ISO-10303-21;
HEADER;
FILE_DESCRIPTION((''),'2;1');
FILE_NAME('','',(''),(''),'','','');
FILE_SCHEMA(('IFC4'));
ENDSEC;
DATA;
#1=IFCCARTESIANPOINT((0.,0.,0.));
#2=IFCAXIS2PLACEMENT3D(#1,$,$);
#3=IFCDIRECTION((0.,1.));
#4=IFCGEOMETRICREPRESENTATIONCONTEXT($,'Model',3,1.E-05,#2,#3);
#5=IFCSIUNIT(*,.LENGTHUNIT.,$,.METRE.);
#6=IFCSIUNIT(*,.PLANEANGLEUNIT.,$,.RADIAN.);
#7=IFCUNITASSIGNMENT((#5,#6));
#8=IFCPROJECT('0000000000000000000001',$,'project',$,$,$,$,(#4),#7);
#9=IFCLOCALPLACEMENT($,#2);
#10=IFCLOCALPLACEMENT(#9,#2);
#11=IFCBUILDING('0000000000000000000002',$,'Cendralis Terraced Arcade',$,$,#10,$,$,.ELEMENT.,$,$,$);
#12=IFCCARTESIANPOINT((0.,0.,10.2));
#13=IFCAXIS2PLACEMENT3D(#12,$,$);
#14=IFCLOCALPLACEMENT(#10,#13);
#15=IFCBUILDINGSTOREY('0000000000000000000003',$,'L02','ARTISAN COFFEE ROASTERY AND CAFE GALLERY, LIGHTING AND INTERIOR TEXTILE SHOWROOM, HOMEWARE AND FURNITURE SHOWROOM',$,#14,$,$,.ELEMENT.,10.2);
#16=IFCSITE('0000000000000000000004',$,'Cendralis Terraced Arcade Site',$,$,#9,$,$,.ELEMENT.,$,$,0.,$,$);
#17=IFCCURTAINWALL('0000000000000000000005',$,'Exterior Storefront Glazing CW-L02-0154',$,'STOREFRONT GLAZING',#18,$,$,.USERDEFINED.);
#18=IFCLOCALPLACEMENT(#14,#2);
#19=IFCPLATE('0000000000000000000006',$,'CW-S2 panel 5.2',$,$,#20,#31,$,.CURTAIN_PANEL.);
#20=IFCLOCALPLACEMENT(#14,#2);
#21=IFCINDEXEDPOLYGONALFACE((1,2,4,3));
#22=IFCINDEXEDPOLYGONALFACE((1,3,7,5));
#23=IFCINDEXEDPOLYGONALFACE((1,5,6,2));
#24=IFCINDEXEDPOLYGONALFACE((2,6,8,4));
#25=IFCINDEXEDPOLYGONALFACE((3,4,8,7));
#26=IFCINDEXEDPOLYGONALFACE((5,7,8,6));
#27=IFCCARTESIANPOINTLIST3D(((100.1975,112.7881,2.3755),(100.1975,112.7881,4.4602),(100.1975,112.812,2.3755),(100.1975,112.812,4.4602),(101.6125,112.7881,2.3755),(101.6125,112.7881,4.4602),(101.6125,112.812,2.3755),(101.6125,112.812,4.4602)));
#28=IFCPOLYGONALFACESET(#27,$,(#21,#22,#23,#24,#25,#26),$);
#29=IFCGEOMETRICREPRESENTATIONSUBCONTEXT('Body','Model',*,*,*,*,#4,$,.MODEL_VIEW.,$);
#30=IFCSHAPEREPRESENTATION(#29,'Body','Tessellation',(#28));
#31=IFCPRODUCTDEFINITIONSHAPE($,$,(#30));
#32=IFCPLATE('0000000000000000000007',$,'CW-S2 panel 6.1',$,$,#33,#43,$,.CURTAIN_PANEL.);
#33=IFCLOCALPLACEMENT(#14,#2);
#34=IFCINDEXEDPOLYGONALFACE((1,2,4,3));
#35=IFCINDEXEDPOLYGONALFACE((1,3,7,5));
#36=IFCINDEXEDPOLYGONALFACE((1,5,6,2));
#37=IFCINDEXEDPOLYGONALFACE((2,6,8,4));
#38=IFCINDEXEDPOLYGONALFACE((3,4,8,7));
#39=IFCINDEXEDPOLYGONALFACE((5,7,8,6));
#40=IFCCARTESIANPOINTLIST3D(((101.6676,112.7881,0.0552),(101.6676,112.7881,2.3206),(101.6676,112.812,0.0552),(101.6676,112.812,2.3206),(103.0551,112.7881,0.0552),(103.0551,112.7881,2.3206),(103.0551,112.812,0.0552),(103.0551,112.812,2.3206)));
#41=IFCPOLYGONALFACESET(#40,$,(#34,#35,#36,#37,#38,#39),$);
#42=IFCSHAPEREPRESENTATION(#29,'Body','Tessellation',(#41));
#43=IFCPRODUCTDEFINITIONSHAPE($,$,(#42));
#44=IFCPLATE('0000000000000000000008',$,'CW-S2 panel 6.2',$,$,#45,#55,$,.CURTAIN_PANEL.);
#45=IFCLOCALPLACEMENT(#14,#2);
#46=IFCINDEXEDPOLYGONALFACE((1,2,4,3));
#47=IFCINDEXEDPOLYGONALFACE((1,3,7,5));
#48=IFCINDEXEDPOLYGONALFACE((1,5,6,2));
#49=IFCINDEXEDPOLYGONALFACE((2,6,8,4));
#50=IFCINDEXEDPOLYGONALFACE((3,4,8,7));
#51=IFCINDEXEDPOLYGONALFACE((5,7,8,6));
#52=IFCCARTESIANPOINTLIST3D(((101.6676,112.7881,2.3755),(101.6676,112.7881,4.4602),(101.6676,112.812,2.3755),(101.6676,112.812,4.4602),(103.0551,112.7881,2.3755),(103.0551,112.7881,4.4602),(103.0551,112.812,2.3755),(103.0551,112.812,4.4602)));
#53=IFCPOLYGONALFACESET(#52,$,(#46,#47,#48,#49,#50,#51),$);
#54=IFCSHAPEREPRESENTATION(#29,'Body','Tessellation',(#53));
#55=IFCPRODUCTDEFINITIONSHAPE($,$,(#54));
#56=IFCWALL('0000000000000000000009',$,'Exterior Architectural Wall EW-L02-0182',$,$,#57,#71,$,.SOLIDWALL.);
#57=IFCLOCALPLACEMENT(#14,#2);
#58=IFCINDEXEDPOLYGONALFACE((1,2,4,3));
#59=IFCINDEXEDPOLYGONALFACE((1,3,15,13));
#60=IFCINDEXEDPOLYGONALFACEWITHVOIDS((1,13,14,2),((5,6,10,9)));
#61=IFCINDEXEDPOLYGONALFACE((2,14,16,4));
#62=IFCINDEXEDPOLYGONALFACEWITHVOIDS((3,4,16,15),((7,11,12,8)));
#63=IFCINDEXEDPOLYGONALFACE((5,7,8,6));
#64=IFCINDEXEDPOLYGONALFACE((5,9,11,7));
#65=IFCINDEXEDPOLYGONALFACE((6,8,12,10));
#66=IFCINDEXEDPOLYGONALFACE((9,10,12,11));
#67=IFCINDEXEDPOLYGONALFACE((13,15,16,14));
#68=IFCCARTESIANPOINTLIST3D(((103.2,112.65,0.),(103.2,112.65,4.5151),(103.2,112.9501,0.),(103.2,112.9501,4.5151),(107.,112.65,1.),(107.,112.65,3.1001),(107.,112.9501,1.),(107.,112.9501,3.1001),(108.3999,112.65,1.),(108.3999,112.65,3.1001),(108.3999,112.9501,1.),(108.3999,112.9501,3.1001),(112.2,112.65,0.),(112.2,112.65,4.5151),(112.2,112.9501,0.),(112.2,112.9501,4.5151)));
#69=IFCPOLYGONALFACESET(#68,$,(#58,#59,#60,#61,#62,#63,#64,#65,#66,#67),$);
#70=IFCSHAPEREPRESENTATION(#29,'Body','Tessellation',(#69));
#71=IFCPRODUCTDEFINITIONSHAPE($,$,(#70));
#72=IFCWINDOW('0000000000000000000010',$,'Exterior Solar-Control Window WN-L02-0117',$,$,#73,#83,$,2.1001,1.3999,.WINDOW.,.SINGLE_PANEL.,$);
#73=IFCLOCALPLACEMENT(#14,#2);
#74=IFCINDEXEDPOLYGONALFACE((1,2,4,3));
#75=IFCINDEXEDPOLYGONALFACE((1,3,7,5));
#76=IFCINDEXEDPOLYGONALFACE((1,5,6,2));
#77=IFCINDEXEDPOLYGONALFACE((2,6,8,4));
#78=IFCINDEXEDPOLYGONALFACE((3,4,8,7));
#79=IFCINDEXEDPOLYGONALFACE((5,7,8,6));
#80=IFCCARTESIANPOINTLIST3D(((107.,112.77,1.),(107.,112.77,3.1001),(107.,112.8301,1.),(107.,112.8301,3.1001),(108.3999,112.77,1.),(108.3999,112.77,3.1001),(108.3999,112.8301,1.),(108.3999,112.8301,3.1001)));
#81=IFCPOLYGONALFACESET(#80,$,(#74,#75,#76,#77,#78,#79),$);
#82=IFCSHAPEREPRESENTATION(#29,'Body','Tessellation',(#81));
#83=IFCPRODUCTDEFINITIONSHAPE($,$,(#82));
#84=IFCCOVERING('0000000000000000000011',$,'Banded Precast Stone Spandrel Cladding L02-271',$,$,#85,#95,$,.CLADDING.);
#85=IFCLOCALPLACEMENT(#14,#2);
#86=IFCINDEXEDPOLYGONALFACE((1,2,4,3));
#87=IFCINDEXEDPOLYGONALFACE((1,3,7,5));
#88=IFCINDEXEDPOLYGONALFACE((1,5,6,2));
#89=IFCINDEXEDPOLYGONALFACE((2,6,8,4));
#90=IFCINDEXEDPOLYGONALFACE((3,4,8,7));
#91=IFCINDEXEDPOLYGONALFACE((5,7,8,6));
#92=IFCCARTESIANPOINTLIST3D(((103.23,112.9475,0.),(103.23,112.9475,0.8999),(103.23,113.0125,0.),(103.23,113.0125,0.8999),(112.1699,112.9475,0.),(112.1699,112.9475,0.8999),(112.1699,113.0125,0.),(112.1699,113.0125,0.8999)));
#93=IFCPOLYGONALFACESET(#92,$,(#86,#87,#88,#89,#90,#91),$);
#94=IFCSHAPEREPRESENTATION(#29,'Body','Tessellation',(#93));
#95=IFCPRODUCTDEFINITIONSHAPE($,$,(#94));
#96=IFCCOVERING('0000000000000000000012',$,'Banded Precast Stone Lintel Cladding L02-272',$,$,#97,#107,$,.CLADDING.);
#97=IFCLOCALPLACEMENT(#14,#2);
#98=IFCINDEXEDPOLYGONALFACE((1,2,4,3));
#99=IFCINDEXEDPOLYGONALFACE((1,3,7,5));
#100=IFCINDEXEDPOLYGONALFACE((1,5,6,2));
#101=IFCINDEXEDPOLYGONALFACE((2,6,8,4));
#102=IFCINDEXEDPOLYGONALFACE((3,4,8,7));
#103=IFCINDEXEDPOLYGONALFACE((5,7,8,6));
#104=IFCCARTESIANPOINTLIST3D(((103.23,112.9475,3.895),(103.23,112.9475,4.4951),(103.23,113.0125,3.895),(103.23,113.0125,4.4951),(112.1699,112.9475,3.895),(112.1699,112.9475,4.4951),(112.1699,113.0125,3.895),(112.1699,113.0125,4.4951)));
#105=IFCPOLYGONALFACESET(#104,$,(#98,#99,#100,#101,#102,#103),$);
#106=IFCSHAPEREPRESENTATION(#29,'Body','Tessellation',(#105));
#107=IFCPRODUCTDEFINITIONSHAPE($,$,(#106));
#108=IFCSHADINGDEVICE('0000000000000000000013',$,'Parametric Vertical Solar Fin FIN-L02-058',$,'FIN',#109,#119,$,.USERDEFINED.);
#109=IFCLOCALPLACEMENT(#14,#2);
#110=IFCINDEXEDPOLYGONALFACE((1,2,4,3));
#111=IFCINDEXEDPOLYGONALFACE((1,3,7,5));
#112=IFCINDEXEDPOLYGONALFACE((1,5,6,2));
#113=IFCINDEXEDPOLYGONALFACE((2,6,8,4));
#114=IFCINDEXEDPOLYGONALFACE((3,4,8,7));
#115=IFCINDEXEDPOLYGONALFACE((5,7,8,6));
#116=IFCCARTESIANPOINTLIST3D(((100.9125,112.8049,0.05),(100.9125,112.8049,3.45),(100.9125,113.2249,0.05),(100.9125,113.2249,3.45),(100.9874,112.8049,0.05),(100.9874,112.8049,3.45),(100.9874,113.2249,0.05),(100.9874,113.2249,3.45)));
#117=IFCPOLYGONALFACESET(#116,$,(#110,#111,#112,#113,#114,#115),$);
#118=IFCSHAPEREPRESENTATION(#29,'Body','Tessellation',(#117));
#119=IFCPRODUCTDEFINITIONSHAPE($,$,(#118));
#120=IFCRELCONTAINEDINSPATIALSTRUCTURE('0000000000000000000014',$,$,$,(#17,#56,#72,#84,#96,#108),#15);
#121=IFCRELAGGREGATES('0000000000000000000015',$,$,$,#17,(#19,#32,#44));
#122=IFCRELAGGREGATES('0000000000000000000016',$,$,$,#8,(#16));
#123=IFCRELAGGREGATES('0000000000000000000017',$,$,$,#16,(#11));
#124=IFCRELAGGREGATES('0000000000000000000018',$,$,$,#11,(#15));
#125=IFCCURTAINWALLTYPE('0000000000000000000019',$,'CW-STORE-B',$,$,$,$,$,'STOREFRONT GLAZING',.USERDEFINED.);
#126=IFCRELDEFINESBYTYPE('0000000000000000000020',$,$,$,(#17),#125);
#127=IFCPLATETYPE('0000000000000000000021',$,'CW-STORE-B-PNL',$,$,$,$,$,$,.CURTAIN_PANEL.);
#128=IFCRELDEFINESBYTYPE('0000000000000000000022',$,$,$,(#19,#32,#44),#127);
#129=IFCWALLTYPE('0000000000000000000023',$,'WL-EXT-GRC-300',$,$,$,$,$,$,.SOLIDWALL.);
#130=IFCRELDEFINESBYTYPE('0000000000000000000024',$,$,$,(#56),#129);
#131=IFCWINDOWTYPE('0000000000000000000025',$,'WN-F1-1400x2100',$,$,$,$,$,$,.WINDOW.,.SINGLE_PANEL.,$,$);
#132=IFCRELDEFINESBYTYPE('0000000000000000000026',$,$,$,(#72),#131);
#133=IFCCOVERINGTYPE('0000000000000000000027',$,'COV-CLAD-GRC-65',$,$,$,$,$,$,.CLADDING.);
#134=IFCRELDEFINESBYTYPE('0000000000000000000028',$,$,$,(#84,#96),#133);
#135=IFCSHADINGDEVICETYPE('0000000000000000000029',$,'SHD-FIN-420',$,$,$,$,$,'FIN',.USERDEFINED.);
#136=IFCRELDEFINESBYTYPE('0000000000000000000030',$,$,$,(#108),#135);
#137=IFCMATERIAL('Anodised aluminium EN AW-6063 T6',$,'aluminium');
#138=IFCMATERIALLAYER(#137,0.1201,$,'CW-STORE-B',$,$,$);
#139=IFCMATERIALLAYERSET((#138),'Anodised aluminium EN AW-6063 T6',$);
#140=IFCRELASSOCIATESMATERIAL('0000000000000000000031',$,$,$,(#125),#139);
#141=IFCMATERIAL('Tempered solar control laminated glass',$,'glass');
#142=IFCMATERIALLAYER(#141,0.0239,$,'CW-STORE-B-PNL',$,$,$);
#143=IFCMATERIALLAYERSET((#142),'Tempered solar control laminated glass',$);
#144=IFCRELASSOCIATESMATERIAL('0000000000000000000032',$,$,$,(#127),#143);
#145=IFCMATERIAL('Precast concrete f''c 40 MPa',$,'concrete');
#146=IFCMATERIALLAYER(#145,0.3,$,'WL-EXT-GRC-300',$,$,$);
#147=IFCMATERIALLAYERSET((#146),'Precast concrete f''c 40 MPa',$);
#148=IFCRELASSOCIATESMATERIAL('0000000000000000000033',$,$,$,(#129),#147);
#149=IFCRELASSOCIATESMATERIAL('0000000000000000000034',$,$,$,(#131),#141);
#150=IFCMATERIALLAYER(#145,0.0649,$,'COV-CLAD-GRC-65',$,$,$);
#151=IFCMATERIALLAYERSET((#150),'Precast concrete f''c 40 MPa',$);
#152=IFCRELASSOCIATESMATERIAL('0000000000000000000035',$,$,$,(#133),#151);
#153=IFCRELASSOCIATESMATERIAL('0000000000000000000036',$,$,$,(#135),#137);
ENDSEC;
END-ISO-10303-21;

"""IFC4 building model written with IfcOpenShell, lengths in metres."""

from ifc_helpers import new_model, si_unit, direction, frame, frame_2d, origin, origin_2d, place, context, subcontext, project, spatial, rectangle, extrude, material, layer, layer_set, type_object, element, fill, aggregate, save


model = new_model("IFC4")

# Units and contexts
model_context = context("Model", 3, precision=1e-05, world=origin(), true_north=direction((0.0, 1.0)))
body_context = subcontext(model_context, "Body", "Model", "MODEL_VIEW")
ifc_project = project(units=[si_unit("LENGTHUNIT", "METRE"), si_unit("PLANEANGLEUNIT", "RADIAN")], contexts=[model_context])

# Site, building, storey
site_placement = place(None, origin())
site = spatial("IfcSite", under=ifc_project, at=site_placement, Name="Cendralis Terraced Arcade Site", CompositionType="ELEMENT", RefElevation=0.0)
building_placement = place(site_placement, origin())
building = spatial("IfcBuilding", under=site, at=building_placement, Name="Cendralis Terraced Arcade", CompositionType="ELEMENT")
storey_placement = place(building_placement, frame((0.0, 0.0, 10.2)))
storey = spatial("IfcBuildingStorey", under=building, at=storey_placement, Name="L02", Description="ARTISAN COFFEE ROASTERY AND CAFE GALLERY, LIGHTING AND INTERIOR TEXTILE SHOWROOM, HOMEWARE AND FURNITURE SHOWROOM", CompositionType="ELEMENT", Elevation=10.2)

# Curtain wall
ifc_material_1 = material(Name="Anodised aluminium EN AW-6063 T6", Category="aluminium")
ifc_layer_1 = layer(ifc_material_1, 0.1201, Name="CW-STORE-B")
ifc_layer_set_1 = layer_set([ifc_layer_1], Name="Anodised aluminium EN AW-6063 T6")
curtain_wall_type = type_object("IfcCurtainWallType", Name="CW-STORE-B", ElementType="STOREFRONT GLAZING", PredefinedType="USERDEFINED", material=ifc_layer_set_1)
curtain_wall_1_placement = place(storey_placement, origin())
curtain_wall_1 = element("IfcCurtainWall", 1, at=curtain_wall_1_placement, inside=storey, type_object=curtain_wall_type, Name="Exterior Storefront Glazing CW-L02-0154", ObjectType="STOREFRONT GLAZING", PredefinedType="USERDEFINED")

# Plates
ifc_material_2 = material(Name="Tempered solar control laminated glass", Category="glass")
ifc_layer_2 = layer(ifc_material_2, 0.0239, Name="CW-STORE-B-PNL")
ifc_layer_set_2 = layer_set([ifc_layer_2], Name="Tempered solar control laminated glass")
plate_type = type_object("IfcPlateType", Name="CW-STORE-B-PNL", PredefinedType="CURTAIN_PANEL", material=ifc_layer_set_2)
plate_1_placement = place(storey_placement, frame((100.905, 112.8, 2.3755), z_axis=(0.0, 0.0, 1.0), x_axis=(1.0, 0.0, 0.0)))
plate_1 = element("IfcPlate", 2, at=plate_1_placement, type_object=plate_type, Name="CW-S2 panel 5.2", PredefinedType="CURTAIN_PANEL", context=body_context, shape_type="SweptSolid", body=[
    extrude(rectangle(XDim=1.415, YDim=0.0239, at=origin_2d()), origin(), (0.0, 0.0, 1.0), 2.0847),
])
plate_2_placement = place(storey_placement, frame((102.3613, 112.8, 0.0552), z_axis=(0.0, 0.0, 1.0), x_axis=(1.0, 0.0, 0.0)))
plate_2 = element("IfcPlate", 3, at=plate_2_placement, type_object=plate_type, Name="CW-S2 panel 6.1", PredefinedType="CURTAIN_PANEL", context=body_context, shape_type="SweptSolid", body=[
    extrude(rectangle(XDim=1.3875, YDim=0.0239, at=origin_2d()), origin(), (0.0, 0.0, 1.0), 2.2654),
])
plate_3_placement = place(storey_placement, frame((102.3613, 112.8, 2.3755), z_axis=(0.0, 0.0, 1.0), x_axis=(1.0, 0.0, 0.0)))
plate_3 = element("IfcPlate", 4, at=plate_3_placement, type_object=plate_type, Name="CW-S2 panel 6.2", PredefinedType="CURTAIN_PANEL", context=body_context, shape_type="SweptSolid", body=[
    extrude(rectangle(XDim=1.3875, YDim=0.0239, at=origin_2d()), origin(), (0.0, 0.0, 1.0), 2.0847),
])
aggregate(curtain_wall_1, [plate_1, plate_2, plate_3])

# Wall, opening, window
ifc_material_3 = material(Name="Precast concrete f'c 40 MPa", Category="concrete")
ifc_layer_3 = layer(ifc_material_3, 0.3, Name="WL-EXT-GRC-300")
ifc_layer_set_3 = layer_set([ifc_layer_3], Name="Precast concrete f'c 40 MPa")
wall_type = type_object("IfcWallType", Name="WL-EXT-GRC-300", PredefinedType="SOLIDWALL", material=ifc_layer_set_3)
wall_placement = place(storey_placement, frame((103.2, 112.8, 0.0), z_axis=(0.0, 0.0, 1.0), x_axis=(1.0, 0.0, 0.0)))
wall = element("IfcWall", 5, at=wall_placement, inside=storey, type_object=wall_type, Name="Exterior Architectural Wall EW-L02-0182", PredefinedType="SOLIDWALL", context=body_context, shape_type="SweptSolid", body=[
    extrude(rectangle(XDim=9.0, YDim=0.3, at=frame_2d((4.5, 0.0))), origin(), (0.0, 0.0, 1.0), 4.5151),
])
opening_placement = place(wall_placement, frame((3.8, 0.0, 1.0)))
opening = element("IfcOpeningElement", 6, at=opening_placement, cuts=wall, PredefinedType="OPENING", context=body_context, shape_type="SweptSolid", body=[
    extrude(rectangle(XDim=1.3999, YDim=2.1001, at=frame_2d((0.7, 1.05))), frame((0.0, 0.1621, 0.0), z_axis=(0.0, -1.0, 0.0), x_axis=(1.0, 0.0, 0.0)), (0.0, 0.0, 1.0), 0.324),
])
window_type = type_object("IfcWindowType", Name="WN-F1-1400x2100", PartitioningType="SINGLE_PANEL", PredefinedType="WINDOW", material=ifc_material_2)
window_placement = place(opening_placement, origin())
window = element("IfcWindow", 7, at=window_placement, inside=storey, type_object=window_type, Name="Exterior Solar-Control Window WN-L02-0117", OverallHeight=2.1001, OverallWidth=1.3999, PartitioningType="SINGLE_PANEL", PredefinedType="WINDOW", context=body_context, shape_type="SweptSolid", body=[
    extrude(rectangle(XDim=1.3999, YDim=2.1001, at=frame_2d((0.7, 1.05))), frame((0.0, 0.03, 0.0), z_axis=(0.0, -1.0, 0.0), x_axis=(1.0, 0.0, 0.0)), (0.0, 0.0, 1.0), 0.0601),
])
fill(opening, window)

# Coverings
ifc_layer_4 = layer(ifc_material_3, 0.0649, Name="COV-CLAD-GRC-65")
ifc_layer_set_4 = layer_set([ifc_layer_4], Name="Precast concrete f'c 40 MPa")
covering_type = type_object("IfcCoveringType", Name="COV-CLAD-GRC-65", PredefinedType="CLADDING", material=ifc_layer_set_4)
covering_1_placement = place(storey_placement, frame((107.7, 112.98, 0.0), z_axis=(0.0, 0.0, 1.0), x_axis=(1.0, 0.0, 0.0)))
element("IfcCovering", 8, at=covering_1_placement, inside=storey, type_object=covering_type, Name="Banded Precast Stone Spandrel Cladding L02-271", PredefinedType="CLADDING", context=body_context, shape_type="SweptSolid", body=[
    extrude(rectangle(XDim=8.9399, YDim=0.0649, at=origin_2d()), origin(), (0.0, 0.0, 1.0), 0.8999),
])
covering_2_placement = place(storey_placement, frame((107.7, 112.98, 3.895), z_axis=(0.0, 0.0, 1.0), x_axis=(1.0, 0.0, 0.0)))
element("IfcCovering", 9, at=covering_2_placement, inside=storey, type_object=covering_type, Name="Banded Precast Stone Lintel Cladding L02-272", PredefinedType="CLADDING", context=body_context, shape_type="SweptSolid", body=[
    extrude(rectangle(XDim=8.9399, YDim=0.0649, at=origin_2d()), origin(), (0.0, 0.0, 1.0), 0.6001),
])

# Shading device
shading_device_type = type_object("IfcShadingDeviceType", Name="SHD-FIN-420", ElementType="FIN", PredefinedType="USERDEFINED", material=ifc_material_1)
shading_device_placement = place(storey_placement, frame((100.95, 113.0149, 0.05), z_axis=(0.0, 0.0, 1.0), x_axis=(1.0, 0.0, 0.0)))
element("IfcShadingDevice", 10, at=shading_device_placement, inside=storey, type_object=shading_device_type, Name="Parametric Vertical Solar Fin FIN-L02-058", ObjectType="FIN", PredefinedType="USERDEFINED", context=body_context, shape_type="SweptSolid", body=[
    extrude(rectangle(XDim=0.075, YDim=0.4199, at=origin_2d()), origin(), (0.0, 0.0, 1.0), 3.3999),
])

save(model, "model.ifc")
